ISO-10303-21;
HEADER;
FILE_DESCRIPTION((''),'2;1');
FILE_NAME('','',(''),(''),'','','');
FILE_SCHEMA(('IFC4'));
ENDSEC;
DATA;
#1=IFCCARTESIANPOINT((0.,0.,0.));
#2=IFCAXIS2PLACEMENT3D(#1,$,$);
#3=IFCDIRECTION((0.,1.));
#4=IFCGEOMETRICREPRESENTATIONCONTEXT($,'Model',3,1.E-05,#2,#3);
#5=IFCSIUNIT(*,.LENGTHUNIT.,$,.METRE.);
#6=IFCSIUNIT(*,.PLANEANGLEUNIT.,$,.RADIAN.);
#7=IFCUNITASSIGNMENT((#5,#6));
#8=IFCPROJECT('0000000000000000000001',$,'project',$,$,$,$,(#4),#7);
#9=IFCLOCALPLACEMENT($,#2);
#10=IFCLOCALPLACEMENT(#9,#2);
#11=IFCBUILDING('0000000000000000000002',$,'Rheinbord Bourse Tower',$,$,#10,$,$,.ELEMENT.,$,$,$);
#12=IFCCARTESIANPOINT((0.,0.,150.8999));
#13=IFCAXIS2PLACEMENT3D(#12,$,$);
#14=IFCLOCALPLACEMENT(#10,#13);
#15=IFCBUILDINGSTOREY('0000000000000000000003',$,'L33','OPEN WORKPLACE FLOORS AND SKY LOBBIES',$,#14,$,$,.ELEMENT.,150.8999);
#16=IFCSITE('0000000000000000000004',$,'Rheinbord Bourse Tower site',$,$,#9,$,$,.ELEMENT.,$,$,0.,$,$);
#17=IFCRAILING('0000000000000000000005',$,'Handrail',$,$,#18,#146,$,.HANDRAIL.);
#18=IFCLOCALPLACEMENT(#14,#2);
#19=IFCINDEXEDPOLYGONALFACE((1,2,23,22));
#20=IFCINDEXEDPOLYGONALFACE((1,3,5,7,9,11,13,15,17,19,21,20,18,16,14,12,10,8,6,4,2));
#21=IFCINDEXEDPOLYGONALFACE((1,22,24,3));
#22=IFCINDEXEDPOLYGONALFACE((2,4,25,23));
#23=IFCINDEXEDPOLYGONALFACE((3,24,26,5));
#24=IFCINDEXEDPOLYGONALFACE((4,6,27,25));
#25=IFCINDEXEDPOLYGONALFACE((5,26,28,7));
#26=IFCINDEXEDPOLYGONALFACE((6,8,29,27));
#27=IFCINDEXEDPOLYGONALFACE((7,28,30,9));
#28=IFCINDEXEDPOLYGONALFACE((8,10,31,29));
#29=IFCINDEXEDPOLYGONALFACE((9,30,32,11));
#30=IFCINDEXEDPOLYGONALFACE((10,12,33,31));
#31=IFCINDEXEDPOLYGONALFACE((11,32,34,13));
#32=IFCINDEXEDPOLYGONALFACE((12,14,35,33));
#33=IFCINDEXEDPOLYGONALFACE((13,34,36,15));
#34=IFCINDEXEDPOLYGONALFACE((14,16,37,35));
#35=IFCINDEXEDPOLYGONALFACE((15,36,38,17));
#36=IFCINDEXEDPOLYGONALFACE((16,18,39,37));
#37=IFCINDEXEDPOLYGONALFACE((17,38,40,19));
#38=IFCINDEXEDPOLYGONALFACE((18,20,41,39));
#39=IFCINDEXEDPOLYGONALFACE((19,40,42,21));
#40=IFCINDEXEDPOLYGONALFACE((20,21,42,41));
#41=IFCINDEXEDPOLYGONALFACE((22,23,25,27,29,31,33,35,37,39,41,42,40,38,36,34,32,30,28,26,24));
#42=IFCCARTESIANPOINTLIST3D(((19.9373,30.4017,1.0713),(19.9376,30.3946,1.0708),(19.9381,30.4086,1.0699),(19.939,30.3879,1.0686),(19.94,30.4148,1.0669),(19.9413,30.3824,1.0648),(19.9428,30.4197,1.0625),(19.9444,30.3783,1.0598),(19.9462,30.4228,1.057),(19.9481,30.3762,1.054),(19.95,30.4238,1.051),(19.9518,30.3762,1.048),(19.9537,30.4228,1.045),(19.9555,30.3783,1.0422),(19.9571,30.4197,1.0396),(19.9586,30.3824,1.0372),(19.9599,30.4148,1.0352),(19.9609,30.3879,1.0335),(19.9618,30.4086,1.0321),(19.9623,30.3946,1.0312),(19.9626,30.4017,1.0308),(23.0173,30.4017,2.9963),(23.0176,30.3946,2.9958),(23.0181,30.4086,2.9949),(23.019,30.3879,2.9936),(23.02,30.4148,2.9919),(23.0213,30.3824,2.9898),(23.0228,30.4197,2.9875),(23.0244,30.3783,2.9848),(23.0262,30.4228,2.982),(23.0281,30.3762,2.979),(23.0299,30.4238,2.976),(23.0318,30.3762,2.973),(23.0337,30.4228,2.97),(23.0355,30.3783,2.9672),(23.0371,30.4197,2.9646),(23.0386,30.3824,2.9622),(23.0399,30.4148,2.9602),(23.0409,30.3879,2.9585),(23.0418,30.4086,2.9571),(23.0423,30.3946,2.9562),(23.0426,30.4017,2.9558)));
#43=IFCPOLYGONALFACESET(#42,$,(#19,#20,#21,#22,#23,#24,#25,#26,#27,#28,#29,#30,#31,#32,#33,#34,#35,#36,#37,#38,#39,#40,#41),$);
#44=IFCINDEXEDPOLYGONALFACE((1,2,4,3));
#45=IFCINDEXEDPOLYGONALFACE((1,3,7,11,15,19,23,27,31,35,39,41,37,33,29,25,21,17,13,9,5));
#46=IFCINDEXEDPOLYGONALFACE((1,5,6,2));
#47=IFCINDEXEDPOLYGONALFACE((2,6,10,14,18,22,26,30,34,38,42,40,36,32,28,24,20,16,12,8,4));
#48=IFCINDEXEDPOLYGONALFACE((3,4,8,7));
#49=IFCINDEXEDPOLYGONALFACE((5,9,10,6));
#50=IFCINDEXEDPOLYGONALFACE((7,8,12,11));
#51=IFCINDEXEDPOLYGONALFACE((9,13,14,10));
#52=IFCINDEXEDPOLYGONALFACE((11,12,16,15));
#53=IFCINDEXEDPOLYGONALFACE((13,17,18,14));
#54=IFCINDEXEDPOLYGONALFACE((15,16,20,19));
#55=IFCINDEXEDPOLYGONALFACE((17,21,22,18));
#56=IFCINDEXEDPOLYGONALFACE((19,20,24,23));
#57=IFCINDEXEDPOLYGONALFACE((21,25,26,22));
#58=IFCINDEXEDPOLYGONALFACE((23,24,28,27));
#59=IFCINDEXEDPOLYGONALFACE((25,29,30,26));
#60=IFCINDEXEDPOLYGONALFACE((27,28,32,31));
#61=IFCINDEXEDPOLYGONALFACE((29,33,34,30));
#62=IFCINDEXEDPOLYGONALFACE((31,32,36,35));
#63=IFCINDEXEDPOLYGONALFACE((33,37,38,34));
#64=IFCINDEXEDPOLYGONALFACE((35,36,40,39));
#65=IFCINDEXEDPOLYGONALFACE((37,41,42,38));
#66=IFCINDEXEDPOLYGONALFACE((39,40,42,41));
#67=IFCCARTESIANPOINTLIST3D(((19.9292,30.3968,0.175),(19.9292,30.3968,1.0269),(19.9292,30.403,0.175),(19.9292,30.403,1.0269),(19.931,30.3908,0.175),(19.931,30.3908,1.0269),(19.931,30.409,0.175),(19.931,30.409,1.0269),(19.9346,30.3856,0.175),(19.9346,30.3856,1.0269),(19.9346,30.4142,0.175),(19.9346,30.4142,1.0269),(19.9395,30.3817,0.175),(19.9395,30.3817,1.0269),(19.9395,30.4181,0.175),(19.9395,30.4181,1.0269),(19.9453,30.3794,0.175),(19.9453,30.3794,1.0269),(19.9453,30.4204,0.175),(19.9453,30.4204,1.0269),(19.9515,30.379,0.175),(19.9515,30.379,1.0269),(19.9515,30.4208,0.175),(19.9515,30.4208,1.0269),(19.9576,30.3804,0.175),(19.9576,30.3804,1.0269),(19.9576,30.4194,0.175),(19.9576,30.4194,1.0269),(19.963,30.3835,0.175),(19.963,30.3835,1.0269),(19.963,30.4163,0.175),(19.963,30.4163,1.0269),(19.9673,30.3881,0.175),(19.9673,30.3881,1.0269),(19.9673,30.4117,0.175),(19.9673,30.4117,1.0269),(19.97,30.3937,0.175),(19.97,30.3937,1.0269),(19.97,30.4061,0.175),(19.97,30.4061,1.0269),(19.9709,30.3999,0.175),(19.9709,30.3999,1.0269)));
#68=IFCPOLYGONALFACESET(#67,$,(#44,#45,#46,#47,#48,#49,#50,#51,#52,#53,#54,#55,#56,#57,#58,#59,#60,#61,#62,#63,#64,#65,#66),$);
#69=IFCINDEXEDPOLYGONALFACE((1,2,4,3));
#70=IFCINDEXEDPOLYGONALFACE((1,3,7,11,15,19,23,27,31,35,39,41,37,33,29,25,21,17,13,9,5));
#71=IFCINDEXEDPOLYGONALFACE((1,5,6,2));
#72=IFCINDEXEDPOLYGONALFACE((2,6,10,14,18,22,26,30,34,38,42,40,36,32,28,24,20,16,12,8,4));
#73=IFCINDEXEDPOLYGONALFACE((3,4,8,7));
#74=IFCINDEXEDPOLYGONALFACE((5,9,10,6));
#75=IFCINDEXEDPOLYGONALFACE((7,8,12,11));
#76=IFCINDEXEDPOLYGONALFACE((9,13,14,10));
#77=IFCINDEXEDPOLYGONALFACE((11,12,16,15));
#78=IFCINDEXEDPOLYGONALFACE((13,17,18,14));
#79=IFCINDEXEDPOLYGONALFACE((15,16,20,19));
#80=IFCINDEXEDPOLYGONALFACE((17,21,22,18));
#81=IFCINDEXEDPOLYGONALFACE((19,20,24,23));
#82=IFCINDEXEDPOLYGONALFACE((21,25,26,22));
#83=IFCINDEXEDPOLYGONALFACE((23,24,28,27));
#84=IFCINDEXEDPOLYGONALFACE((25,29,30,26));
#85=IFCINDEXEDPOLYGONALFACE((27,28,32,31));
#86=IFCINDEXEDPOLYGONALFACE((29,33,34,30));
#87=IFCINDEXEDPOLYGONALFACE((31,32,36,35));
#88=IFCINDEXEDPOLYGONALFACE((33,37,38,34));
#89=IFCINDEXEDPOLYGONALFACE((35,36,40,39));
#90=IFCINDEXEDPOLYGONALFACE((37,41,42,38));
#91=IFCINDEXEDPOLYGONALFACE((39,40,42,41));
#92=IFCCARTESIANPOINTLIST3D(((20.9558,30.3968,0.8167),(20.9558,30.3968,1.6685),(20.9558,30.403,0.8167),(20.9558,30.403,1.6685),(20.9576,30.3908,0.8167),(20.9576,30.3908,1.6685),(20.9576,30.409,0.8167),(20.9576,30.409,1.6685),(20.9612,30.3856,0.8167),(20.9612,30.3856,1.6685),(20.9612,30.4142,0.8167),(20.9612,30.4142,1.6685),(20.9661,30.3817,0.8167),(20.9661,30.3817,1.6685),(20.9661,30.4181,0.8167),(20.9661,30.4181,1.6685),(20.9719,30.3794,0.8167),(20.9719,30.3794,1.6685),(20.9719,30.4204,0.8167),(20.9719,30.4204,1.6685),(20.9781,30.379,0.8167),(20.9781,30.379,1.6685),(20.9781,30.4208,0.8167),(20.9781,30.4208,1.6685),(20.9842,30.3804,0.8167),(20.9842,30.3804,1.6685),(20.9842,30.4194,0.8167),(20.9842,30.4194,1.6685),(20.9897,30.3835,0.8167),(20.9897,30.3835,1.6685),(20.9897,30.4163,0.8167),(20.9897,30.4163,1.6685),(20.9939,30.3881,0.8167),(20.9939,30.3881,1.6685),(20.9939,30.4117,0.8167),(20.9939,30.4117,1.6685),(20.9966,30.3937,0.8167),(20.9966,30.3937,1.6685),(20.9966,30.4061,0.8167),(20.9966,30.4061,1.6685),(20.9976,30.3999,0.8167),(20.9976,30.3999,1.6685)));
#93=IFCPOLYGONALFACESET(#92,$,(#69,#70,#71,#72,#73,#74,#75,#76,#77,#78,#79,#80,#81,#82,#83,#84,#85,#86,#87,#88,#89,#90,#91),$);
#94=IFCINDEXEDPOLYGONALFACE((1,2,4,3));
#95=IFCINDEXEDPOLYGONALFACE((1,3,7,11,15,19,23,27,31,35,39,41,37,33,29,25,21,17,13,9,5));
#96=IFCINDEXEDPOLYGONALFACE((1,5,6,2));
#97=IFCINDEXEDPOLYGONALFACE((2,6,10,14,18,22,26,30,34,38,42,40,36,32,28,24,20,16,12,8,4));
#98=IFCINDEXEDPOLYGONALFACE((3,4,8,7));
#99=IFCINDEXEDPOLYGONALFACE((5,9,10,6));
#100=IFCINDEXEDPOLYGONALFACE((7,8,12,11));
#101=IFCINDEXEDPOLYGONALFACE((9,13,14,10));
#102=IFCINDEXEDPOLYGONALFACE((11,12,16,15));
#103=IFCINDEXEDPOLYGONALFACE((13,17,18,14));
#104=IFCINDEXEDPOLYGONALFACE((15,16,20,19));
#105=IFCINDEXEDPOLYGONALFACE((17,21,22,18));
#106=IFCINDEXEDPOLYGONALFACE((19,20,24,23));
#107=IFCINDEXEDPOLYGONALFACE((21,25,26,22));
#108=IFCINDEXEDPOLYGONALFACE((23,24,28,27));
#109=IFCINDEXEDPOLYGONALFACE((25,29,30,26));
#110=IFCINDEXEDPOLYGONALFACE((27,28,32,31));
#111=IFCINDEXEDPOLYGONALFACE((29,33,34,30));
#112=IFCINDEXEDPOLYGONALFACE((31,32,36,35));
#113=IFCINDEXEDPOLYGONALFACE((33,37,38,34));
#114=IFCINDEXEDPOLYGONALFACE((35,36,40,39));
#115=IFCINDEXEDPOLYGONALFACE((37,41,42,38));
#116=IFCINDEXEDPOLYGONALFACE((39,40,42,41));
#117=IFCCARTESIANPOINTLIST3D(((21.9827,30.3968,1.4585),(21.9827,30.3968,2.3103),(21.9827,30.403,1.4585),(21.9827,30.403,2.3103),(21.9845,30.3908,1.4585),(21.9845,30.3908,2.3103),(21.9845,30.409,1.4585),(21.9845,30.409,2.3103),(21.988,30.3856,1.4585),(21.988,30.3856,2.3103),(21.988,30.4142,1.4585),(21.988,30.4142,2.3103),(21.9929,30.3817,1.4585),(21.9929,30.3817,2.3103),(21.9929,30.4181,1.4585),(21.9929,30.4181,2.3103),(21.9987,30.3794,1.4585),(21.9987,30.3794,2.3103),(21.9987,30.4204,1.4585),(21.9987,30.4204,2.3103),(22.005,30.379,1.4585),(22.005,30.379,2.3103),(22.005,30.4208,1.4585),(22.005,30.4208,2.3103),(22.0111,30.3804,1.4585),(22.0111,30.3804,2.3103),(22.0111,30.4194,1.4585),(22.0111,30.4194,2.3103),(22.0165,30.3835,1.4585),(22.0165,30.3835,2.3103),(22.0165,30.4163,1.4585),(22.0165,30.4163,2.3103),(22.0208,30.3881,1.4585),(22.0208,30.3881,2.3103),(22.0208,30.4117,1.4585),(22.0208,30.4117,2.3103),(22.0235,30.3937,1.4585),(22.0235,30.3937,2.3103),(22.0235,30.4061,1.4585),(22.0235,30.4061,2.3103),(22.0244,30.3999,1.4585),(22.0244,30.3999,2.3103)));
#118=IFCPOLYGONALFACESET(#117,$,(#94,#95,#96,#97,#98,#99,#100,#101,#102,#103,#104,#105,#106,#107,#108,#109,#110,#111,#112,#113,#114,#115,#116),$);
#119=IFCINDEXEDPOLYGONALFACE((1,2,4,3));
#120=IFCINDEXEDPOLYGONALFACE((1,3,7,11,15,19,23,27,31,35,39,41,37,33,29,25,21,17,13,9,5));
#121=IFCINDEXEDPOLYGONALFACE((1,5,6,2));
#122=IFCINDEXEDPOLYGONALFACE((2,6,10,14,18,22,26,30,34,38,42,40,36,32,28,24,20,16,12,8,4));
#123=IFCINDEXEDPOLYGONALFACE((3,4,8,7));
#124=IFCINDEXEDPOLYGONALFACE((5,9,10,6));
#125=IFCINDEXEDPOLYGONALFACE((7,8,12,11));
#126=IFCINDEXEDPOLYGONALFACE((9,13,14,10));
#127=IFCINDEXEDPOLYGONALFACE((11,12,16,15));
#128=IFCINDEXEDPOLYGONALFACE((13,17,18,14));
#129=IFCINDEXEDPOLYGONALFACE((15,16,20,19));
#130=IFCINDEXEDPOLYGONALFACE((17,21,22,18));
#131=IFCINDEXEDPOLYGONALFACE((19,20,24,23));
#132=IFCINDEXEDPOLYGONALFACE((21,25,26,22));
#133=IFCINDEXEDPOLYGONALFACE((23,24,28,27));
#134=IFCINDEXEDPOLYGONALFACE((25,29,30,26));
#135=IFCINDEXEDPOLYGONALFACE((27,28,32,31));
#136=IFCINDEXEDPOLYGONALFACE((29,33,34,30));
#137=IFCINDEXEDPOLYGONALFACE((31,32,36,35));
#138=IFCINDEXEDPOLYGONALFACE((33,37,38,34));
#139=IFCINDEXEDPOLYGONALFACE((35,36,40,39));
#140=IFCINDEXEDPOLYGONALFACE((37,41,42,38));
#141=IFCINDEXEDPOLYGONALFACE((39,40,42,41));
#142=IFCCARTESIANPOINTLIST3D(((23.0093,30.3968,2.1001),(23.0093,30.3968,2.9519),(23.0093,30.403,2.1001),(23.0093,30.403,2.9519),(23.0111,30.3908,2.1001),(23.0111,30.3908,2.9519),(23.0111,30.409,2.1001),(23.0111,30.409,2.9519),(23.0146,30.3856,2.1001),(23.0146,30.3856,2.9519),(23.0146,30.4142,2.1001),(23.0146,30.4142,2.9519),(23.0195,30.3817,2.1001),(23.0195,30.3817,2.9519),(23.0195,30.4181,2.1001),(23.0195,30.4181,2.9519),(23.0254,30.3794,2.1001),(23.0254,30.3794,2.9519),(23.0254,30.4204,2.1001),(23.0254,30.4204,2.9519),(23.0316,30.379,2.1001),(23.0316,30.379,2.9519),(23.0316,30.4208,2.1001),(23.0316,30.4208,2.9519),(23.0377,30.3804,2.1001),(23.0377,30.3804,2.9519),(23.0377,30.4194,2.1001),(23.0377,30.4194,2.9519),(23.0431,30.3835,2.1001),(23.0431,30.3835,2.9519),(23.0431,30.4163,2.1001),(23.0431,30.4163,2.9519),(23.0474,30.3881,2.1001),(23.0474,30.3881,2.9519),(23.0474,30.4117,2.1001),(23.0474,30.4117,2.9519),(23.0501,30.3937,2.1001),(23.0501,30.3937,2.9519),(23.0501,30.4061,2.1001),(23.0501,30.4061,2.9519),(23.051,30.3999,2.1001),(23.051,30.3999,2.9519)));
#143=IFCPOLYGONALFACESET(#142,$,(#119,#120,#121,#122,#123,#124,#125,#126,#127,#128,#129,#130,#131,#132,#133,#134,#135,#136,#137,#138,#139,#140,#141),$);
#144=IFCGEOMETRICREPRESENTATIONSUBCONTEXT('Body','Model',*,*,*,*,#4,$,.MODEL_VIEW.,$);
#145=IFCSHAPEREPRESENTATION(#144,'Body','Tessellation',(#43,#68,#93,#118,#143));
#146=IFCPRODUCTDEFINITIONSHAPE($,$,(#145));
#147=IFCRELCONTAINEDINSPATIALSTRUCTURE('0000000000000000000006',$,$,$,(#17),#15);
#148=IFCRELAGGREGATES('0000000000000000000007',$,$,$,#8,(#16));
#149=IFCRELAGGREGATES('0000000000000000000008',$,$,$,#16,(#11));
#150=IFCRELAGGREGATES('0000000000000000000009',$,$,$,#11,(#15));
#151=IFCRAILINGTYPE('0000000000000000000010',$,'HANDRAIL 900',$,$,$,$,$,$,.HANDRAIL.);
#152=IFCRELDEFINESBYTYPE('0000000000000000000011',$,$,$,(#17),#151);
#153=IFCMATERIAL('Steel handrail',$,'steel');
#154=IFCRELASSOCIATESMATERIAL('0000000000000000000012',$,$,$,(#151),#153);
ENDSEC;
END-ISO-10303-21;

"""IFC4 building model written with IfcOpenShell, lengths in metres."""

from ifc_helpers import new_model, si_unit, direction, frame, origin, origin_2d, place, context, subcontext, project, spatial, circle, extrude, material, type_object, element, save


model = new_model("IFC4")

# Units and contexts
model_context = context("Model", 3, precision=1e-05, world=origin(), true_north=direction((0.0, 1.0)))
body_context = subcontext(model_context, "Body", "Model", "MODEL_VIEW")
ifc_project = project(units=[si_unit("LENGTHUNIT", "METRE"), si_unit("PLANEANGLEUNIT", "RADIAN")], contexts=[model_context])

# Site, building, storey
site_placement = place(None, origin())
site = spatial("IfcSite", under=ifc_project, at=site_placement, Name="Rheinbord Bourse Tower site", CompositionType="ELEMENT", RefElevation=0.0)
building_placement = place(site_placement, origin())
building = spatial("IfcBuilding", under=site, at=building_placement, Name="Rheinbord Bourse Tower", CompositionType="ELEMENT")
storey_placement = place(building_placement, frame((0.0, 0.0, 150.8999)))
storey = spatial("IfcBuildingStorey", under=building, at=storey_placement, Name="L33", Description="OPEN WORKPLACE FLOORS AND SKY LOBBIES", CompositionType="ELEMENT", Elevation=150.8999)

# Railing
ifc_material_1 = material(Name="Steel handrail", Category="steel")
railing_type = type_object("IfcRailingType", Name="HANDRAIL 900", PredefinedType="HANDRAIL", material=ifc_material_1)
railing_1_placement = place(storey_placement, frame((19.95, 30.3999, 0.175)))
element("IfcRailing", 1, at=railing_1_placement, inside=storey, type_object=railing_type, Name="Handrail", PredefinedType="HANDRAIL", context=body_context, shape_type="SweptSolid", body=[
    extrude(circle(Radius=0.0239, at=origin_2d()), frame((0.0, 0.0, 0.876), z_axis=(0.847998, 0.0, 0.529999), x_axis=(0.0, 1.0, 0.0)), (0.0, 0.0, 1.0), 3.6321),
    extrude(circle(Radius=0.021, at=origin_2d()), origin(), (0.0, 0.0, 1.0), 0.8518),
    extrude(circle(Radius=0.021, at=origin_2d()), frame((1.0266, 0.0, 0.6416)), (0.0, 0.0, 1.0), 0.8518),
    extrude(circle(Radius=0.021, at=origin_2d()), frame((2.0535, 0.0, 1.2834)), (0.0, 0.0, 1.0), 0.8518),
    extrude(circle(Radius=0.021, at=origin_2d()), frame((3.0801, 0.0, 1.925)), (0.0, 0.0, 1.0), 0.8518),
])

save(model, "model.ifc")
